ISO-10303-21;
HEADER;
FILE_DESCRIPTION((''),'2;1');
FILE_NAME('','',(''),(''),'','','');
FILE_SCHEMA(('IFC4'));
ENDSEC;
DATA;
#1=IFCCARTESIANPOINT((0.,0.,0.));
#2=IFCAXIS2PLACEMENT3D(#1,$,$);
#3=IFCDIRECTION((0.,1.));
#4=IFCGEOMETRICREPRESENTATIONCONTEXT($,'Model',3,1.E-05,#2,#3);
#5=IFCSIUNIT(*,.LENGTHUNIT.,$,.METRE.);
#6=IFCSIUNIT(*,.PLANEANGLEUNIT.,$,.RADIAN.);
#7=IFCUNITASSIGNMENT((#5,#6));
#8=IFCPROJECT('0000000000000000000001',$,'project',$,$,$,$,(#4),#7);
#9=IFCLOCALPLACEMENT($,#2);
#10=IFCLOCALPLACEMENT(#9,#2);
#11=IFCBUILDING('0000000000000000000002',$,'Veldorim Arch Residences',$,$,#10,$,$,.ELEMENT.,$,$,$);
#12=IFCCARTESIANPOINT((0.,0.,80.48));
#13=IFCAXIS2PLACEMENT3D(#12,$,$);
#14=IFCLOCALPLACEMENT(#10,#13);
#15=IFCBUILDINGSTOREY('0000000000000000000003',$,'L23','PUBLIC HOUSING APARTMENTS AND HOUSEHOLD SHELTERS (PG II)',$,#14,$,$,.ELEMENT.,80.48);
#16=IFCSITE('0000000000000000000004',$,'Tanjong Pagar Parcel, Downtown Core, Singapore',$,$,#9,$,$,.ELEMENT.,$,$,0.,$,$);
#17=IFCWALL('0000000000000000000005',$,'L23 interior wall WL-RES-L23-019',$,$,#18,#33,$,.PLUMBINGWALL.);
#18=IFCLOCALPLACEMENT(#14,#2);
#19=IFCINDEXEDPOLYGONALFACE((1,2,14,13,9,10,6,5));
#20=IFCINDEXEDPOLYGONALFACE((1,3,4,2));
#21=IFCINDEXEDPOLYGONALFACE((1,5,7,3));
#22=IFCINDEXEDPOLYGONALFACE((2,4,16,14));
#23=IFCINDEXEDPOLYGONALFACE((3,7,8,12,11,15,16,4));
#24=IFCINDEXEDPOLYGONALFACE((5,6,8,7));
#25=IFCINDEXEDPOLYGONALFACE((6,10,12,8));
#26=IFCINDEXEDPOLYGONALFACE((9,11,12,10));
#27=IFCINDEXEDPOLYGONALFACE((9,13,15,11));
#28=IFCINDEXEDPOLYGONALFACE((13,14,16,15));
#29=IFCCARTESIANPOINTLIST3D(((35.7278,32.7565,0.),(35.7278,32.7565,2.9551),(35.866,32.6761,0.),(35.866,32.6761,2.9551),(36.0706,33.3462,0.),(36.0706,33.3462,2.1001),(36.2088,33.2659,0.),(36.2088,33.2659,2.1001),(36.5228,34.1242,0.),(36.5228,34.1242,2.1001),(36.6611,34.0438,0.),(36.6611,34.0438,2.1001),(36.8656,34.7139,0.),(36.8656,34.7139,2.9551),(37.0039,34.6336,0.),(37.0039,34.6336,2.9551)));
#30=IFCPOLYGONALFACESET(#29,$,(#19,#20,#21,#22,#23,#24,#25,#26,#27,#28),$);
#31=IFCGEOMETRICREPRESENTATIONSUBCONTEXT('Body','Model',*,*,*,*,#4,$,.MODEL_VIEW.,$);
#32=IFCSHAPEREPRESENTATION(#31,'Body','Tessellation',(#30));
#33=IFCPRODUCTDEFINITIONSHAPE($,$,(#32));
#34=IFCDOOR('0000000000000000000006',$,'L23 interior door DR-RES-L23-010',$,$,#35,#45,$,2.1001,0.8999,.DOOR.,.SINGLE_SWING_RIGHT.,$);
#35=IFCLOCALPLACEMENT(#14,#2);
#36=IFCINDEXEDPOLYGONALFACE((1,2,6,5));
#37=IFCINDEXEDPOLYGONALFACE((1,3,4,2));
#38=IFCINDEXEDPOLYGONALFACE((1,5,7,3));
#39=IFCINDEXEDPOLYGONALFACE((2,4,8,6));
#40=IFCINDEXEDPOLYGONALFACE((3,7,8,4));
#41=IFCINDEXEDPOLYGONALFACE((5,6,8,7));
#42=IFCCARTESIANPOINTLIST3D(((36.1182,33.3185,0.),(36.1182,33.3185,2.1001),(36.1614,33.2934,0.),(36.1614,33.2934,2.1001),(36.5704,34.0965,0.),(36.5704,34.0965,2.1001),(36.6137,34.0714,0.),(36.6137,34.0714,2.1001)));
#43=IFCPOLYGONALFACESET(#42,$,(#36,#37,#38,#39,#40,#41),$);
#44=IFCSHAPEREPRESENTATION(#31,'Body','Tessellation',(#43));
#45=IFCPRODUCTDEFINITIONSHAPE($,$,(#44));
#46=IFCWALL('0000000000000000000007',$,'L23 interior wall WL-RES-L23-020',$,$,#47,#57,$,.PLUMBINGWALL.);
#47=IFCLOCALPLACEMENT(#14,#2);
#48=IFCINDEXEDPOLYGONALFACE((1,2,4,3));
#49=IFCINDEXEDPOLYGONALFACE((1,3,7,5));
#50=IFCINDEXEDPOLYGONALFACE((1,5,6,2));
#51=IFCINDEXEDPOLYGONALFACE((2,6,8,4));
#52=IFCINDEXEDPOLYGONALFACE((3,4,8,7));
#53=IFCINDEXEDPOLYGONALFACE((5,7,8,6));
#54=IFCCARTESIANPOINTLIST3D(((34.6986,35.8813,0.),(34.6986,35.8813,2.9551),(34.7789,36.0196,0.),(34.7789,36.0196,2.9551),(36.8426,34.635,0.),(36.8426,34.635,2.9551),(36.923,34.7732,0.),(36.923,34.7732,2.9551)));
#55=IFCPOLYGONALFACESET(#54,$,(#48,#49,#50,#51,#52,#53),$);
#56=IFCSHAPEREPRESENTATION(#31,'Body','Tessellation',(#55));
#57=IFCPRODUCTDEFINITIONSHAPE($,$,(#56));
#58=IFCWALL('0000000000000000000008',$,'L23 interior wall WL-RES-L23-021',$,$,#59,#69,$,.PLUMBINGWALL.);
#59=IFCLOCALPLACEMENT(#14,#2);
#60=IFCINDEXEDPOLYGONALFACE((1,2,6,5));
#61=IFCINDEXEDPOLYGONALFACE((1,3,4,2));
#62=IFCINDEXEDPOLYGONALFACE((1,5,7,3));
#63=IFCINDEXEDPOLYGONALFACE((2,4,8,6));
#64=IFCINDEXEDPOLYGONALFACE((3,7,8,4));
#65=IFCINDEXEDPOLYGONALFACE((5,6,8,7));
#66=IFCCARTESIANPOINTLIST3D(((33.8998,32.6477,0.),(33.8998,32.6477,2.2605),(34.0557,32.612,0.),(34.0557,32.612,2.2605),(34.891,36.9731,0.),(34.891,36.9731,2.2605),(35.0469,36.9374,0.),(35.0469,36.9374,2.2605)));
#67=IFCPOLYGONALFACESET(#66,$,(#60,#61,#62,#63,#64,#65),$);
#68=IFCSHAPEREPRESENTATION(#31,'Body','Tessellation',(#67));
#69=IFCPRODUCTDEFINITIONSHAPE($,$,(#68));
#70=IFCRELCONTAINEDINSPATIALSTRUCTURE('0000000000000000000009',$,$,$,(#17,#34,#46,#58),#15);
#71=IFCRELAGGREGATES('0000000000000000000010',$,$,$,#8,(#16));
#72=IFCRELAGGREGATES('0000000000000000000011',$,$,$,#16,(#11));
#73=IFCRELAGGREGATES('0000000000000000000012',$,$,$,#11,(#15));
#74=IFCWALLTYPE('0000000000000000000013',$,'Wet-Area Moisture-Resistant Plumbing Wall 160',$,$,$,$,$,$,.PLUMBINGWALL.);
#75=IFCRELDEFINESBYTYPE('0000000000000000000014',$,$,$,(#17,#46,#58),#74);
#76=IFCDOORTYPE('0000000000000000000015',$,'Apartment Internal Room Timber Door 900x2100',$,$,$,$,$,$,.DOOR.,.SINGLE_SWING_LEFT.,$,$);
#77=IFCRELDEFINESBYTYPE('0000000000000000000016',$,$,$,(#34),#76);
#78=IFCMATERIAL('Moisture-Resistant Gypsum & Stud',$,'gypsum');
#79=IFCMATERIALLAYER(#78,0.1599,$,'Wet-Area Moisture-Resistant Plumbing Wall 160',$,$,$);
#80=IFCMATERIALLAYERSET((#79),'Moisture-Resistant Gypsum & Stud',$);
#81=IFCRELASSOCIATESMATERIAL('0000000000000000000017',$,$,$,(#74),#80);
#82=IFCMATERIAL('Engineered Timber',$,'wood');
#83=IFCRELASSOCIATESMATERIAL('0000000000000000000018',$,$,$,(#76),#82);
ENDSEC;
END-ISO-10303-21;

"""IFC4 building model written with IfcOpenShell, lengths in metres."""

from ifc_helpers import new_model, si_unit, direction, frame, frame_2d, origin, place, context, subcontext, project, spatial, rectangle, extrude, material, layer, layer_set, type_object, element, fill, save


model = new_model("IFC4")

# Units and contexts
model_context = context("Model", 3, precision=1e-05, world=origin(), true_north=direction((0.0, 1.0)))
body_context = subcontext(model_context, "Body", "Model", "MODEL_VIEW")
ifc_project = project(units=[si_unit("LENGTHUNIT", "METRE"), si_unit("PLANEANGLEUNIT", "RADIAN")], contexts=[model_context])

# Site, building, storey
site_placement = place(None, origin())
site = spatial("IfcSite", under=ifc_project, at=site_placement, Name="Tanjong Pagar Parcel, Downtown Core, Singapore", CompositionType="ELEMENT", RefElevation=0.0)
building_placement = place(site_placement, origin())
building = spatial("IfcBuilding", under=site, at=building_placement, Name="Veldorim Arch Residences", CompositionType="ELEMENT")
storey_placement = place(building_placement, frame((0.0, 0.0, 80.48)))
storey = spatial("IfcBuildingStorey", under=building, at=storey_placement, Name="L23", Description="PUBLIC HOUSING APARTMENTS AND HOUSEHOLD SHELTERS (PG II)", CompositionType="ELEMENT", Elevation=80.48)

# Wall, opening, door
ifc_material_1 = material(Name="Moisture-Resistant Gypsum & Stud", Category="gypsum")
ifc_layer_1 = layer(ifc_material_1, 0.1599, Name="Wet-Area Moisture-Resistant Plumbing Wall 160")
ifc_layer_set_1 = layer_set([ifc_layer_1], Name="Moisture-Resistant Gypsum & Stud")
wall_type_1 = type_object("IfcWallType", Name="Wet-Area Moisture-Resistant Plumbing Wall 160", PredefinedType="PLUMBINGWALL", material=ifc_layer_set_1)
wall_1_placement = place(storey_placement, frame((35.7969, 32.7163, 0.0), z_axis=(0.0, 0.0, 1.0), x_axis=(0.50257, 0.864537, 0.0)))
wall_1 = element("IfcWall", 1, at=wall_1_placement, inside=storey, type_object=wall_type_1, Name="L23 interior wall WL-RES-L23-019", PredefinedType="PLUMBINGWALL", context=body_context, shape_type="SweptSolid", body=[
    extrude(rectangle(XDim=2.2642, YDim=0.1599, at=frame_2d((1.1321, 0.0))), origin(), (0.0, 0.0, 1.0), 2.9551),
])
opening_1_placement = place(wall_1_placement, frame((0.6821, 0.0, 0.0)))
opening_1 = element("IfcOpeningElement", 2, at=opening_1_placement, cuts=wall_1, PredefinedType="OPENING", context=body_context, shape_type="SweptSolid", body=[
    extrude(rectangle(XDim=0.8999, YDim=2.1001, at=frame_2d((0.45, 1.05))), frame((0.0, 0.0898, 0.0), z_axis=(0.0, -1.0, 0.0), x_axis=(1.0, 0.0, 0.0)), (0.0, 0.0, 1.0), 0.1799),
])
ifc_material_2 = material(Name="Engineered Timber", Category="wood")
door_type_1 = type_object("IfcDoorType", Name="Apartment Internal Room Timber Door 900x2100", OperationType="SINGLE_SWING_LEFT", PredefinedType="DOOR", material=ifc_material_2)
door_1_placement = place(opening_1_placement, origin())
door_1 = element("IfcDoor", 3, at=door_1_placement, inside=storey, type_object=door_type_1, Name="L23 interior door DR-RES-L23-010", OperationType="SINGLE_SWING_RIGHT", OverallHeight=2.1001, OverallWidth=0.8999, PredefinedType="DOOR", context=body_context, shape_type="SweptSolid", body=[
    extrude(rectangle(XDim=0.8999, YDim=2.1001, at=frame_2d((0.45, 1.05))), frame((0.0, 0.0249, 0.0), z_axis=(0.0, -1.0, 0.0), x_axis=(1.0, 0.0, 0.0)), (0.0, 0.0, 1.0), 0.05),
])
fill(opening_1, door_1)

# Walls
wall_2_placement = place(storey_placement, frame((36.8828, 34.7041, 0.0), z_axis=(0.0, 0.0, 1.0), x_axis=(-0.864542, 0.502561, 0.0)))
element("IfcWall", 4, at=wall_2_placement, inside=storey, type_object=wall_type_1, Name="L23 interior wall WL-RES-L23-020", PredefinedType="PLUMBINGWALL", context=body_context, shape_type="SweptSolid", body=[
    extrude(rectangle(XDim=2.48, YDim=0.1599, at=frame_2d((1.24, 0.0))), origin(), (0.0, 0.0, 1.0), 2.9551),
])
wall_3_placement = place(storey_placement, frame((33.9778, 32.6299, 0.0), z_axis=(0.0, 0.0, 1.0), x_axis=(0.223369, 0.974734, 0.0)))
element("IfcWall", 5, at=wall_3_placement, inside=storey, type_object=wall_type_1, Name="L23 interior wall WL-RES-L23-021", PredefinedType="PLUMBINGWALL", context=body_context, shape_type="SweptSolid", body=[
    extrude(rectangle(XDim=4.4375, YDim=0.1599, at=frame_2d((2.2188, 0.0))), origin(), (0.0, 0.0, 1.0), 2.2605),
])

save(model, "model.ifc")
